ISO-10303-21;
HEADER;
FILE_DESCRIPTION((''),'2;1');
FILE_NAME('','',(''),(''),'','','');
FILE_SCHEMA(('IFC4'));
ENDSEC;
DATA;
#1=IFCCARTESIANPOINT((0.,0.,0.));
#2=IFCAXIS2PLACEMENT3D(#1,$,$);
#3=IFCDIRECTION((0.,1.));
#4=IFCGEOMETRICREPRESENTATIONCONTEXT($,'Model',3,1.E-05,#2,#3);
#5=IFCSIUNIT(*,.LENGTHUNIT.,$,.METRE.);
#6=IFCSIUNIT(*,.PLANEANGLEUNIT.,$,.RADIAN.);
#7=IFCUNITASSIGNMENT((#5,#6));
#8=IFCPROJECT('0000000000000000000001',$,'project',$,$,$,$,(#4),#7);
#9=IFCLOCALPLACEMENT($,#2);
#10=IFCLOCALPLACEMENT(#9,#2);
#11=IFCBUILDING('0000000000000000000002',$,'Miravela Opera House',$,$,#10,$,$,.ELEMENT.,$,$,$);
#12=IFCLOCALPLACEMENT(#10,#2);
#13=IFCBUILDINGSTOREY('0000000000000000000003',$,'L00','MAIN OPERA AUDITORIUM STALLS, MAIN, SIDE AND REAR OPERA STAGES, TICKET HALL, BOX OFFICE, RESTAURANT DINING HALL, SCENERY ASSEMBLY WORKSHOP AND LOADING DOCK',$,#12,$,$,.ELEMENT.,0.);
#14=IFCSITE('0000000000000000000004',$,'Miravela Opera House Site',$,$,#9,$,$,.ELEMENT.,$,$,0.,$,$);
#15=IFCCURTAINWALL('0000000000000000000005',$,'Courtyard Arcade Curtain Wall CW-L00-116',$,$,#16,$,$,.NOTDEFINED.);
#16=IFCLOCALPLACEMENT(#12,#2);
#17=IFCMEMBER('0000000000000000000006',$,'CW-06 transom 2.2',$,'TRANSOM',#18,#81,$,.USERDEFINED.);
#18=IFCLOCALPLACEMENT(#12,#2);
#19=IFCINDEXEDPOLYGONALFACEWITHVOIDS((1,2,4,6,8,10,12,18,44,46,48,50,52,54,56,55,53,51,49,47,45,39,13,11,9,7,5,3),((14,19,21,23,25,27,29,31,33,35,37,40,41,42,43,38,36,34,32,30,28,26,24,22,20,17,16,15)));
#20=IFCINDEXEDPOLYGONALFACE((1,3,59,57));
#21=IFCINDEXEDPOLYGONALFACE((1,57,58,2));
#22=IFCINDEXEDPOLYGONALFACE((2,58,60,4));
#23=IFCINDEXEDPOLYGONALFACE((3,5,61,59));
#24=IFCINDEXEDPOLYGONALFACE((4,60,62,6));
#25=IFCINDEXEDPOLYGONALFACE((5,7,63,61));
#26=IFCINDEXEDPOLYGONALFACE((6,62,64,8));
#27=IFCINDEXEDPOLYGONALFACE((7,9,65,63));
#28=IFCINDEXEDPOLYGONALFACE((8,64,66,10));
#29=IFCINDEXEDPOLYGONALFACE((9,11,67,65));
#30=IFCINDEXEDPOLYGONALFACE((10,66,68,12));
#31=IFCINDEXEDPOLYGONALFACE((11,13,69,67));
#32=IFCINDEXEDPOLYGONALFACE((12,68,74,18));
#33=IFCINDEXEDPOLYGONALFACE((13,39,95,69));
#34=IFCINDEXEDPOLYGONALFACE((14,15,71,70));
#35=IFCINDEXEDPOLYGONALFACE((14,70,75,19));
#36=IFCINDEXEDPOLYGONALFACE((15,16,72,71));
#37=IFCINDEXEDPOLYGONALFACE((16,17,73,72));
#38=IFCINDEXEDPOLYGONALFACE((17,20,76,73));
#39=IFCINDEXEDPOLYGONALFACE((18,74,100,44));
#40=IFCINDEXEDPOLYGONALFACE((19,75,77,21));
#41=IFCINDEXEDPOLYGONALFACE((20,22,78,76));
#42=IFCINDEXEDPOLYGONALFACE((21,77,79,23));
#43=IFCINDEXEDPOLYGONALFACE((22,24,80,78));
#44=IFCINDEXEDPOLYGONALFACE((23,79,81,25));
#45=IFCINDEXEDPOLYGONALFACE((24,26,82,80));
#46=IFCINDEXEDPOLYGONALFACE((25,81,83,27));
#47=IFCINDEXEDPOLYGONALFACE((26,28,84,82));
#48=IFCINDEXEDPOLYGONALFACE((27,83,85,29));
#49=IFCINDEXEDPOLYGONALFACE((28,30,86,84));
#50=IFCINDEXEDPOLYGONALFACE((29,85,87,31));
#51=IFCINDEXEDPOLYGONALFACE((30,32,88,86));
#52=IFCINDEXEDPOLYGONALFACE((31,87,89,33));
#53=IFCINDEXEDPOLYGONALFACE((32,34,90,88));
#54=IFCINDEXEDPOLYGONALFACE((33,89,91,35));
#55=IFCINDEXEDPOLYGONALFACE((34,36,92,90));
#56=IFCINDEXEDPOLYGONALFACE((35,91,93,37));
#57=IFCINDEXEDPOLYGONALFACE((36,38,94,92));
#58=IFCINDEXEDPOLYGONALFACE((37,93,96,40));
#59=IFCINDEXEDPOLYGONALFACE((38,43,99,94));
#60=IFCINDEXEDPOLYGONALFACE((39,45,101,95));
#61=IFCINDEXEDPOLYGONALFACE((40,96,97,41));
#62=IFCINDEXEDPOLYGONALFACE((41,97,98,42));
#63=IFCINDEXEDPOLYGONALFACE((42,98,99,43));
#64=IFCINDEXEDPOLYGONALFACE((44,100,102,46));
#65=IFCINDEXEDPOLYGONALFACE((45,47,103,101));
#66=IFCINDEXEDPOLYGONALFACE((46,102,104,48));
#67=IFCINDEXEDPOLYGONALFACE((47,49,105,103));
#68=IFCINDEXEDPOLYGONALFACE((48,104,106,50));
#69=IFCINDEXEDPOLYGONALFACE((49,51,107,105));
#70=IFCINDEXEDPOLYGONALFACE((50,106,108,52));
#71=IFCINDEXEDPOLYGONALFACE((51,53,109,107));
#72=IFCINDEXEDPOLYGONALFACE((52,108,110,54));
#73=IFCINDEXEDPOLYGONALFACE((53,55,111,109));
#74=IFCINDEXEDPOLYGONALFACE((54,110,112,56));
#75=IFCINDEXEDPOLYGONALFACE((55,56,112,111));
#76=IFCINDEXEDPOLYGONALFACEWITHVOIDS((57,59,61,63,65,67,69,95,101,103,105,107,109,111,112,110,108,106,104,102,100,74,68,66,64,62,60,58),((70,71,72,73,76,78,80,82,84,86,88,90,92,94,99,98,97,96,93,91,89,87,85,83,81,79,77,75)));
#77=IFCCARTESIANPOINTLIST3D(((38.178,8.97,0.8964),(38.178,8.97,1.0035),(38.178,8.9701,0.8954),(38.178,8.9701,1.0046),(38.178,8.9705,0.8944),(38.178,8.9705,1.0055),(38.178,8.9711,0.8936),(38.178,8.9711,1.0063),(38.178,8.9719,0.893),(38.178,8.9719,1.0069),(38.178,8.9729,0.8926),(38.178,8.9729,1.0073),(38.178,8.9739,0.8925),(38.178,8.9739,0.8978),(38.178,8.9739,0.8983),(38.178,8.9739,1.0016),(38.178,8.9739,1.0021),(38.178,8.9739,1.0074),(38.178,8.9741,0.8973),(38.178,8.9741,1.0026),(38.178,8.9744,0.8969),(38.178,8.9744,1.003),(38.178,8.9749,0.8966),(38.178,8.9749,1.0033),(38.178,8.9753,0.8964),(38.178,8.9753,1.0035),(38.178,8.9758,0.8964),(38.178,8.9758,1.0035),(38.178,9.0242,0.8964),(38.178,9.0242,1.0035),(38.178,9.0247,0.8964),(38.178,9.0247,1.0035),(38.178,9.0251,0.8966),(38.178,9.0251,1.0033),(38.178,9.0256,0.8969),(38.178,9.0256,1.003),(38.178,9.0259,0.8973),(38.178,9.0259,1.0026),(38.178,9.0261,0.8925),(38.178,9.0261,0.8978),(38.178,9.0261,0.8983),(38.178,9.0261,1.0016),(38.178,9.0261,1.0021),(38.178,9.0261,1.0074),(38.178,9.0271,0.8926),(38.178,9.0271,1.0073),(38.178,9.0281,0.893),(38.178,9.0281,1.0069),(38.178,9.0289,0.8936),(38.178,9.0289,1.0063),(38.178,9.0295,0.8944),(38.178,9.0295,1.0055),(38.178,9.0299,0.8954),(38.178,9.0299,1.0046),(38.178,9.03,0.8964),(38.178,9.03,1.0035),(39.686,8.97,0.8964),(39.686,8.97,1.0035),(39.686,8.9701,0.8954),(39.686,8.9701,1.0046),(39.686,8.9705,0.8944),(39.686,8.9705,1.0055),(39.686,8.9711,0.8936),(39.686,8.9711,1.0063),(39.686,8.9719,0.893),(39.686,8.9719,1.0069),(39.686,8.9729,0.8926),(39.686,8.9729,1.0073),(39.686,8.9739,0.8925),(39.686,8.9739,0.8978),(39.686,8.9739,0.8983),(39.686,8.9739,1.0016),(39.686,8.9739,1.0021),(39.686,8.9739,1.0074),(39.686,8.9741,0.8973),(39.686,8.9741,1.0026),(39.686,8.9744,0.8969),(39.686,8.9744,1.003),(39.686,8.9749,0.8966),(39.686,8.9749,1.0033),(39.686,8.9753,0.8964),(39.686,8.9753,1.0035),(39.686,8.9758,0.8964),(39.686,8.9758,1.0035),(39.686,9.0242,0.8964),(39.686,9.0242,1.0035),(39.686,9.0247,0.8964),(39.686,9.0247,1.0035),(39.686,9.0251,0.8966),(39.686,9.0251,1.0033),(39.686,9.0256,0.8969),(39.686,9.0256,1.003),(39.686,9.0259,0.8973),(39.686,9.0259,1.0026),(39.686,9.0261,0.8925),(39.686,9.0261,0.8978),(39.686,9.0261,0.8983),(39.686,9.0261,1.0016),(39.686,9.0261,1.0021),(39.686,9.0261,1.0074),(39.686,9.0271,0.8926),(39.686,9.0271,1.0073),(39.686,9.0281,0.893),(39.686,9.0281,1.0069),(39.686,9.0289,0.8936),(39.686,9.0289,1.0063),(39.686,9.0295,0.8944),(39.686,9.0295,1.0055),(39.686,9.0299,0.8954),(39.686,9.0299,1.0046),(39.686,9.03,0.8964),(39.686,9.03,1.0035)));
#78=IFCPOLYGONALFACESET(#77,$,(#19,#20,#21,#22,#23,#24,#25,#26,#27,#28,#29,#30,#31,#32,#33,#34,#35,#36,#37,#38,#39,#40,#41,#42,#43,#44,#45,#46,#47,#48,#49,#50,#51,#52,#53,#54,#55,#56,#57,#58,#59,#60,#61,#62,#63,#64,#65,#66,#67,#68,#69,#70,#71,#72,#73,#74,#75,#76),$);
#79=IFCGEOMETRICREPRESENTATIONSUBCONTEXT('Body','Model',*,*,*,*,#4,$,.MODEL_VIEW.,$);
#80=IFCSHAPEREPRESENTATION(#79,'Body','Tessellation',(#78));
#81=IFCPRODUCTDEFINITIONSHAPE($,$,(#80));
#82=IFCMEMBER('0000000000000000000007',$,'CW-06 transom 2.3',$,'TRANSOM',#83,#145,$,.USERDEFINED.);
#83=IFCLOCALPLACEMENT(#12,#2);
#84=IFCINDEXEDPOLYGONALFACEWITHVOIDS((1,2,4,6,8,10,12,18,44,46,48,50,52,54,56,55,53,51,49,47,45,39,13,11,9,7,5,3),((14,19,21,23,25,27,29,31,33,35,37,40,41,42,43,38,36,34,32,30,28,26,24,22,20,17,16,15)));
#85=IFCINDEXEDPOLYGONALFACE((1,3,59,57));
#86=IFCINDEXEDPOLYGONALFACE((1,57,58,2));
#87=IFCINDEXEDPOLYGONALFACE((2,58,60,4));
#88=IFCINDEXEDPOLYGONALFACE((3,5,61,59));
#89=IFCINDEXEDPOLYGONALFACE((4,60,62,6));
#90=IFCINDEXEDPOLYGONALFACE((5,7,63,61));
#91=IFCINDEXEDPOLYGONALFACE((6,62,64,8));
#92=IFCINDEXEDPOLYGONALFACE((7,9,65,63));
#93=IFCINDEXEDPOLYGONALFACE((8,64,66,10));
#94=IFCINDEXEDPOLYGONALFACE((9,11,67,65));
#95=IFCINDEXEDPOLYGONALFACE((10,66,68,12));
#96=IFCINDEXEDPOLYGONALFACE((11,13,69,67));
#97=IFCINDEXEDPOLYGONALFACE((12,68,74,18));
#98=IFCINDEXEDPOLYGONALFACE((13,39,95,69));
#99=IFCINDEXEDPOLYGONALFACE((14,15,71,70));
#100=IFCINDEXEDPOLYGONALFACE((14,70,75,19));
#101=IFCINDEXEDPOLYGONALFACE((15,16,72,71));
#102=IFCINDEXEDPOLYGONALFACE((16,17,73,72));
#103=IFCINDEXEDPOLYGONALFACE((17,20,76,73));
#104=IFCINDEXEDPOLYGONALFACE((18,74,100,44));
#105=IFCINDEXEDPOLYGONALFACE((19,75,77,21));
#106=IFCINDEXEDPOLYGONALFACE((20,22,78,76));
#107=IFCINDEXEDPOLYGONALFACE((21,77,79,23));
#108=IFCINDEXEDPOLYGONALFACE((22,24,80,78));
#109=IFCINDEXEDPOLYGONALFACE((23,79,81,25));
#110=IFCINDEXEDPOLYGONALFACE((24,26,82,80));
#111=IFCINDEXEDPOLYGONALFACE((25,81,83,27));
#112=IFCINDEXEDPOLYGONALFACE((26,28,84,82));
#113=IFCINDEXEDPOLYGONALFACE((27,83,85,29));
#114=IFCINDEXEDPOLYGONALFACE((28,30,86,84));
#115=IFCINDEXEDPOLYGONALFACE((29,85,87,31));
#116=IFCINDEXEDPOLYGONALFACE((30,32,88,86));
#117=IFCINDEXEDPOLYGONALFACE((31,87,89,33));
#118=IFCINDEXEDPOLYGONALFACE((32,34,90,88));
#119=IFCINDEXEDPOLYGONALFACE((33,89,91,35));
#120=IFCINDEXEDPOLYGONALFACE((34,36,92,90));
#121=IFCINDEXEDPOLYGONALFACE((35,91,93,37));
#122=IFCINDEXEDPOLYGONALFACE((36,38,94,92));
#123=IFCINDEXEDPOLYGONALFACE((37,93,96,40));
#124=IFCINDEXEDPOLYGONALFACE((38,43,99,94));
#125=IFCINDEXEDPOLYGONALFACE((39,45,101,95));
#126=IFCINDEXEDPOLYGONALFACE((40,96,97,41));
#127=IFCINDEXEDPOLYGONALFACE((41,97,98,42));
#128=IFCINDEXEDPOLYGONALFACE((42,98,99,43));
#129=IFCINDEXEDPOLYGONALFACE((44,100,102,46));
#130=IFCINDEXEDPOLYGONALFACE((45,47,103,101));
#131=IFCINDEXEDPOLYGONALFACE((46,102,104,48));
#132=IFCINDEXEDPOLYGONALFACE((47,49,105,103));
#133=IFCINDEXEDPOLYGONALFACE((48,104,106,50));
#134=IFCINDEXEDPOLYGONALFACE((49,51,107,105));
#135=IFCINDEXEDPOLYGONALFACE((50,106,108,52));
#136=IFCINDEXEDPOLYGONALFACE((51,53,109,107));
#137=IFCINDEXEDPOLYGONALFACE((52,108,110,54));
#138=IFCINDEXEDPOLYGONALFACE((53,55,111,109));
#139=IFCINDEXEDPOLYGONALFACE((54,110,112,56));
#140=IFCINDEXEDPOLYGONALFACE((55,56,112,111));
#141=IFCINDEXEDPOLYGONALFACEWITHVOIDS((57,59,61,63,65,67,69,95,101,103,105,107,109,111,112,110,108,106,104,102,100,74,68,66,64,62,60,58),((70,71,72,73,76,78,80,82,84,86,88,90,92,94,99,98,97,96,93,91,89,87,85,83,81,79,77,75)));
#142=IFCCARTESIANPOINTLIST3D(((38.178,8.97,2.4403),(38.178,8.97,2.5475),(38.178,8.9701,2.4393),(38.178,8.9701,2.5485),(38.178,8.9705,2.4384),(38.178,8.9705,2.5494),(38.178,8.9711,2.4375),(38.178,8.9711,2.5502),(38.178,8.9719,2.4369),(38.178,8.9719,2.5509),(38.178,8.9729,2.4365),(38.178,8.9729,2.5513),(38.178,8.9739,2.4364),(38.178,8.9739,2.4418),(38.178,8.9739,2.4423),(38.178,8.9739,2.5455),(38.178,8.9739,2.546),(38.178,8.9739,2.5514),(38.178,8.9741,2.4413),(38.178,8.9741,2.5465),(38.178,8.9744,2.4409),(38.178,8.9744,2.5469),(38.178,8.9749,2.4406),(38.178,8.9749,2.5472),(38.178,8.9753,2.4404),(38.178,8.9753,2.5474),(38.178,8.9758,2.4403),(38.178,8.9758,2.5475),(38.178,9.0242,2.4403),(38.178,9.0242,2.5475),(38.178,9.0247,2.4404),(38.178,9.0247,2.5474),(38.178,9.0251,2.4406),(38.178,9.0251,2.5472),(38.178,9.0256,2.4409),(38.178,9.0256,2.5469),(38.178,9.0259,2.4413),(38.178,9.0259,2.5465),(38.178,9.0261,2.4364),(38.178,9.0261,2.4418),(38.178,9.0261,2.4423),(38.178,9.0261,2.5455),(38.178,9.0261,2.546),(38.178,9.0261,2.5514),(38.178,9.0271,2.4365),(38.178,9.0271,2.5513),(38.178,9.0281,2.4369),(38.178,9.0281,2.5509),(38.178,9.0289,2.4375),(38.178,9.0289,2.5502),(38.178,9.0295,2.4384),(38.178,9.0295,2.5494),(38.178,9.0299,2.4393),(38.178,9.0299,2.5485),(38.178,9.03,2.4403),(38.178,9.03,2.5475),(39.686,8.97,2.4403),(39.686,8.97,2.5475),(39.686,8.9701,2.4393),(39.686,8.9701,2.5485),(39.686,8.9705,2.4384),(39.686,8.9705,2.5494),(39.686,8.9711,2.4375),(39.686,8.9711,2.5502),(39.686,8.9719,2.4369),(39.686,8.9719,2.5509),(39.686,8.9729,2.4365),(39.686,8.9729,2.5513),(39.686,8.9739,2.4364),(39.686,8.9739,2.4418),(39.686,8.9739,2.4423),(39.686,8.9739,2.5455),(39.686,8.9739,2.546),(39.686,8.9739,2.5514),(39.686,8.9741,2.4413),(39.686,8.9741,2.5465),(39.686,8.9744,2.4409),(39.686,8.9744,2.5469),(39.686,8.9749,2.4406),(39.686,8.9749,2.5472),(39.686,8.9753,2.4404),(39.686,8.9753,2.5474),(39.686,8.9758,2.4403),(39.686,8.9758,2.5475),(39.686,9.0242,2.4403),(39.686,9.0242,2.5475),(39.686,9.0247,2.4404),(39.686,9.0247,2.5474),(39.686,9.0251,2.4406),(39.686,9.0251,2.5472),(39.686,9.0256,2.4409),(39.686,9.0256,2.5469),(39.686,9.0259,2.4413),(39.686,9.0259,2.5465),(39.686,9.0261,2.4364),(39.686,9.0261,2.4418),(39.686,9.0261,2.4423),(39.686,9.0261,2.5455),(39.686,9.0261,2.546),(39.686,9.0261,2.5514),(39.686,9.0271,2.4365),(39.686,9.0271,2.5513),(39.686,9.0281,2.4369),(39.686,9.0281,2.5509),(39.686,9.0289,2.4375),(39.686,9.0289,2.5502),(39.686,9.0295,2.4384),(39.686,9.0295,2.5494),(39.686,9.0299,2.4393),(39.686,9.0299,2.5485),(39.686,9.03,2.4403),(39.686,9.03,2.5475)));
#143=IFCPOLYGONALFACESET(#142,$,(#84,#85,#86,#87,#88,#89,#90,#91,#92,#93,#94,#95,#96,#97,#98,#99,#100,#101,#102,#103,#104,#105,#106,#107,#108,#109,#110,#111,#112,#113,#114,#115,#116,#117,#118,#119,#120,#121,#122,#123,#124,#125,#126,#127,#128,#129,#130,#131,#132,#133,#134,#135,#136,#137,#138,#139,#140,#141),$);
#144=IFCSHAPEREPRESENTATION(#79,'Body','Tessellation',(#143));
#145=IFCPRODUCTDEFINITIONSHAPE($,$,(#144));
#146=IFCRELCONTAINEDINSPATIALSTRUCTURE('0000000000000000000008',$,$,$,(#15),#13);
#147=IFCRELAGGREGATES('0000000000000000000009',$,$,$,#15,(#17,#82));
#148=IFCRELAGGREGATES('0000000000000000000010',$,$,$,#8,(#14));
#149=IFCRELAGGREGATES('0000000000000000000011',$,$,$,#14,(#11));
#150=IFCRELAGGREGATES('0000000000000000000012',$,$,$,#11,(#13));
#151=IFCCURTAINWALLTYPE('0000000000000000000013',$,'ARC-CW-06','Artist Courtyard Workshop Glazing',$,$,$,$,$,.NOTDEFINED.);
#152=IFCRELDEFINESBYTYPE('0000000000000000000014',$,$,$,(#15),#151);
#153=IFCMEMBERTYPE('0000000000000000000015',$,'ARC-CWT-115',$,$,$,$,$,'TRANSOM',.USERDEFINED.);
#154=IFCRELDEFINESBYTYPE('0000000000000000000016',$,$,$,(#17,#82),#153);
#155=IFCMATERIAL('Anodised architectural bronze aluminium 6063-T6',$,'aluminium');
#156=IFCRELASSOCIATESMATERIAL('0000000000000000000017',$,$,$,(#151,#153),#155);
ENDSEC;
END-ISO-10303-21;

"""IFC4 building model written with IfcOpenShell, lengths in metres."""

from ifc_helpers import new_model, si_unit, direction, frame, origin, origin_2d, place, context, subcontext, project, spatial, hollow_rectangle, extrude, material, material_profile, profile_set, type_object, element, aggregate, save


model = new_model("IFC4")

# Units and contexts
model_context = context("Model", 3, precision=1e-05, world=origin(), true_north=direction((0.0, 1.0)))
body_context = subcontext(model_context, "Body", "Model", "MODEL_VIEW")
ifc_project = project(units=[si_unit("LENGTHUNIT", "METRE"), si_unit("PLANEANGLEUNIT", "RADIAN")], contexts=[model_context])

# Site, building, storey
site_placement = place(None, origin())
site = spatial("IfcSite", under=ifc_project, at=site_placement, Name="Miravela Opera House Site", CompositionType="ELEMENT", RefElevation=0.0)
building_placement = place(site_placement, origin())
building = spatial("IfcBuilding", under=site, at=building_placement, Name="Miravela Opera House", CompositionType="ELEMENT")
storey_placement = place(building_placement, origin())
storey = spatial("IfcBuildingStorey", under=building, at=storey_placement, Name="L00", Description="MAIN OPERA AUDITORIUM STALLS, MAIN, SIDE AND REAR OPERA STAGES, TICKET HALL, BOX OFFICE, RESTAURANT DINING HALL, SCENERY ASSEMBLY WORKSHOP AND LOADING DOCK", CompositionType="ELEMENT", Elevation=0.0)

# Curtain wall, members
ifc_material_1 = material(Name="Anodised architectural bronze aluminium 6063-T6", Category="aluminium")
curtain_wall_type = type_object("IfcCurtainWallType", Name="ARC-CW-06", Description="Artist Courtyard Workshop Glazing", PredefinedType="NOTDEFINED", material=ifc_material_1)
curtain_wall_placement = place(storey_placement, origin())
curtain_wall = element("IfcCurtainWall", 1, at=curtain_wall_placement, inside=storey, type_object=curtain_wall_type, Name="Courtyard Arcade Curtain Wall CW-L00-116", PredefinedType="NOTDEFINED")
ifc_material_profile_1 = material_profile(ifc_material_1, hollow_rectangle(XDim=0.0601, YDim=0.115, WallThickness=0.0039, InnerFilletRadius=0.002, OuterFilletRadius=0.0039, at=origin_2d()), Name="CWT-60X115")
ifc_profile_set_1 = profile_set([ifc_material_profile_1])
member_type_1 = type_object("IfcMemberType", Name="ARC-CWT-115", ElementType="TRANSOM", PredefinedType="USERDEFINED", material=ifc_profile_set_1)
member_1_placement = place(storey_placement, frame((38.178, 9.0, 0.95), z_axis=(1.0, 0.0, 0.0), x_axis=(0.0, 1.0, 0.0)))
member_1 = element("IfcMember", 2, at=member_1_placement, type_object=member_type_1, Name="CW-06 transom 2.2", ObjectType="TRANSOM", PredefinedType="USERDEFINED", context=body_context, shape_type="SweptSolid", body=[
    extrude(hollow_rectangle(XDim=0.0601, YDim=0.115, WallThickness=0.0039, InnerFilletRadius=0.002, OuterFilletRadius=0.0039, at=origin_2d()), origin(), (0.0, 0.0, 1.0), 1.5081),
])
member_2_placement = place(storey_placement, frame((38.178, 9.0, 2.4939), z_axis=(1.0, 0.0, 0.0), x_axis=(0.0, 1.0, 0.0)))
member_2 = element("IfcMember", 3, at=member_2_placement, type_object=member_type_1, Name="CW-06 transom 2.3", ObjectType="TRANSOM", PredefinedType="USERDEFINED", context=body_context, shape_type="SweptSolid", body=[
    extrude(hollow_rectangle(XDim=0.0601, YDim=0.115, WallThickness=0.0039, InnerFilletRadius=0.002, OuterFilletRadius=0.0039, at=origin_2d()), origin(), (0.0, 0.0, 1.0), 1.5081),
])
aggregate(curtain_wall, [member_1, member_2])

save(model, "model.ifc")
